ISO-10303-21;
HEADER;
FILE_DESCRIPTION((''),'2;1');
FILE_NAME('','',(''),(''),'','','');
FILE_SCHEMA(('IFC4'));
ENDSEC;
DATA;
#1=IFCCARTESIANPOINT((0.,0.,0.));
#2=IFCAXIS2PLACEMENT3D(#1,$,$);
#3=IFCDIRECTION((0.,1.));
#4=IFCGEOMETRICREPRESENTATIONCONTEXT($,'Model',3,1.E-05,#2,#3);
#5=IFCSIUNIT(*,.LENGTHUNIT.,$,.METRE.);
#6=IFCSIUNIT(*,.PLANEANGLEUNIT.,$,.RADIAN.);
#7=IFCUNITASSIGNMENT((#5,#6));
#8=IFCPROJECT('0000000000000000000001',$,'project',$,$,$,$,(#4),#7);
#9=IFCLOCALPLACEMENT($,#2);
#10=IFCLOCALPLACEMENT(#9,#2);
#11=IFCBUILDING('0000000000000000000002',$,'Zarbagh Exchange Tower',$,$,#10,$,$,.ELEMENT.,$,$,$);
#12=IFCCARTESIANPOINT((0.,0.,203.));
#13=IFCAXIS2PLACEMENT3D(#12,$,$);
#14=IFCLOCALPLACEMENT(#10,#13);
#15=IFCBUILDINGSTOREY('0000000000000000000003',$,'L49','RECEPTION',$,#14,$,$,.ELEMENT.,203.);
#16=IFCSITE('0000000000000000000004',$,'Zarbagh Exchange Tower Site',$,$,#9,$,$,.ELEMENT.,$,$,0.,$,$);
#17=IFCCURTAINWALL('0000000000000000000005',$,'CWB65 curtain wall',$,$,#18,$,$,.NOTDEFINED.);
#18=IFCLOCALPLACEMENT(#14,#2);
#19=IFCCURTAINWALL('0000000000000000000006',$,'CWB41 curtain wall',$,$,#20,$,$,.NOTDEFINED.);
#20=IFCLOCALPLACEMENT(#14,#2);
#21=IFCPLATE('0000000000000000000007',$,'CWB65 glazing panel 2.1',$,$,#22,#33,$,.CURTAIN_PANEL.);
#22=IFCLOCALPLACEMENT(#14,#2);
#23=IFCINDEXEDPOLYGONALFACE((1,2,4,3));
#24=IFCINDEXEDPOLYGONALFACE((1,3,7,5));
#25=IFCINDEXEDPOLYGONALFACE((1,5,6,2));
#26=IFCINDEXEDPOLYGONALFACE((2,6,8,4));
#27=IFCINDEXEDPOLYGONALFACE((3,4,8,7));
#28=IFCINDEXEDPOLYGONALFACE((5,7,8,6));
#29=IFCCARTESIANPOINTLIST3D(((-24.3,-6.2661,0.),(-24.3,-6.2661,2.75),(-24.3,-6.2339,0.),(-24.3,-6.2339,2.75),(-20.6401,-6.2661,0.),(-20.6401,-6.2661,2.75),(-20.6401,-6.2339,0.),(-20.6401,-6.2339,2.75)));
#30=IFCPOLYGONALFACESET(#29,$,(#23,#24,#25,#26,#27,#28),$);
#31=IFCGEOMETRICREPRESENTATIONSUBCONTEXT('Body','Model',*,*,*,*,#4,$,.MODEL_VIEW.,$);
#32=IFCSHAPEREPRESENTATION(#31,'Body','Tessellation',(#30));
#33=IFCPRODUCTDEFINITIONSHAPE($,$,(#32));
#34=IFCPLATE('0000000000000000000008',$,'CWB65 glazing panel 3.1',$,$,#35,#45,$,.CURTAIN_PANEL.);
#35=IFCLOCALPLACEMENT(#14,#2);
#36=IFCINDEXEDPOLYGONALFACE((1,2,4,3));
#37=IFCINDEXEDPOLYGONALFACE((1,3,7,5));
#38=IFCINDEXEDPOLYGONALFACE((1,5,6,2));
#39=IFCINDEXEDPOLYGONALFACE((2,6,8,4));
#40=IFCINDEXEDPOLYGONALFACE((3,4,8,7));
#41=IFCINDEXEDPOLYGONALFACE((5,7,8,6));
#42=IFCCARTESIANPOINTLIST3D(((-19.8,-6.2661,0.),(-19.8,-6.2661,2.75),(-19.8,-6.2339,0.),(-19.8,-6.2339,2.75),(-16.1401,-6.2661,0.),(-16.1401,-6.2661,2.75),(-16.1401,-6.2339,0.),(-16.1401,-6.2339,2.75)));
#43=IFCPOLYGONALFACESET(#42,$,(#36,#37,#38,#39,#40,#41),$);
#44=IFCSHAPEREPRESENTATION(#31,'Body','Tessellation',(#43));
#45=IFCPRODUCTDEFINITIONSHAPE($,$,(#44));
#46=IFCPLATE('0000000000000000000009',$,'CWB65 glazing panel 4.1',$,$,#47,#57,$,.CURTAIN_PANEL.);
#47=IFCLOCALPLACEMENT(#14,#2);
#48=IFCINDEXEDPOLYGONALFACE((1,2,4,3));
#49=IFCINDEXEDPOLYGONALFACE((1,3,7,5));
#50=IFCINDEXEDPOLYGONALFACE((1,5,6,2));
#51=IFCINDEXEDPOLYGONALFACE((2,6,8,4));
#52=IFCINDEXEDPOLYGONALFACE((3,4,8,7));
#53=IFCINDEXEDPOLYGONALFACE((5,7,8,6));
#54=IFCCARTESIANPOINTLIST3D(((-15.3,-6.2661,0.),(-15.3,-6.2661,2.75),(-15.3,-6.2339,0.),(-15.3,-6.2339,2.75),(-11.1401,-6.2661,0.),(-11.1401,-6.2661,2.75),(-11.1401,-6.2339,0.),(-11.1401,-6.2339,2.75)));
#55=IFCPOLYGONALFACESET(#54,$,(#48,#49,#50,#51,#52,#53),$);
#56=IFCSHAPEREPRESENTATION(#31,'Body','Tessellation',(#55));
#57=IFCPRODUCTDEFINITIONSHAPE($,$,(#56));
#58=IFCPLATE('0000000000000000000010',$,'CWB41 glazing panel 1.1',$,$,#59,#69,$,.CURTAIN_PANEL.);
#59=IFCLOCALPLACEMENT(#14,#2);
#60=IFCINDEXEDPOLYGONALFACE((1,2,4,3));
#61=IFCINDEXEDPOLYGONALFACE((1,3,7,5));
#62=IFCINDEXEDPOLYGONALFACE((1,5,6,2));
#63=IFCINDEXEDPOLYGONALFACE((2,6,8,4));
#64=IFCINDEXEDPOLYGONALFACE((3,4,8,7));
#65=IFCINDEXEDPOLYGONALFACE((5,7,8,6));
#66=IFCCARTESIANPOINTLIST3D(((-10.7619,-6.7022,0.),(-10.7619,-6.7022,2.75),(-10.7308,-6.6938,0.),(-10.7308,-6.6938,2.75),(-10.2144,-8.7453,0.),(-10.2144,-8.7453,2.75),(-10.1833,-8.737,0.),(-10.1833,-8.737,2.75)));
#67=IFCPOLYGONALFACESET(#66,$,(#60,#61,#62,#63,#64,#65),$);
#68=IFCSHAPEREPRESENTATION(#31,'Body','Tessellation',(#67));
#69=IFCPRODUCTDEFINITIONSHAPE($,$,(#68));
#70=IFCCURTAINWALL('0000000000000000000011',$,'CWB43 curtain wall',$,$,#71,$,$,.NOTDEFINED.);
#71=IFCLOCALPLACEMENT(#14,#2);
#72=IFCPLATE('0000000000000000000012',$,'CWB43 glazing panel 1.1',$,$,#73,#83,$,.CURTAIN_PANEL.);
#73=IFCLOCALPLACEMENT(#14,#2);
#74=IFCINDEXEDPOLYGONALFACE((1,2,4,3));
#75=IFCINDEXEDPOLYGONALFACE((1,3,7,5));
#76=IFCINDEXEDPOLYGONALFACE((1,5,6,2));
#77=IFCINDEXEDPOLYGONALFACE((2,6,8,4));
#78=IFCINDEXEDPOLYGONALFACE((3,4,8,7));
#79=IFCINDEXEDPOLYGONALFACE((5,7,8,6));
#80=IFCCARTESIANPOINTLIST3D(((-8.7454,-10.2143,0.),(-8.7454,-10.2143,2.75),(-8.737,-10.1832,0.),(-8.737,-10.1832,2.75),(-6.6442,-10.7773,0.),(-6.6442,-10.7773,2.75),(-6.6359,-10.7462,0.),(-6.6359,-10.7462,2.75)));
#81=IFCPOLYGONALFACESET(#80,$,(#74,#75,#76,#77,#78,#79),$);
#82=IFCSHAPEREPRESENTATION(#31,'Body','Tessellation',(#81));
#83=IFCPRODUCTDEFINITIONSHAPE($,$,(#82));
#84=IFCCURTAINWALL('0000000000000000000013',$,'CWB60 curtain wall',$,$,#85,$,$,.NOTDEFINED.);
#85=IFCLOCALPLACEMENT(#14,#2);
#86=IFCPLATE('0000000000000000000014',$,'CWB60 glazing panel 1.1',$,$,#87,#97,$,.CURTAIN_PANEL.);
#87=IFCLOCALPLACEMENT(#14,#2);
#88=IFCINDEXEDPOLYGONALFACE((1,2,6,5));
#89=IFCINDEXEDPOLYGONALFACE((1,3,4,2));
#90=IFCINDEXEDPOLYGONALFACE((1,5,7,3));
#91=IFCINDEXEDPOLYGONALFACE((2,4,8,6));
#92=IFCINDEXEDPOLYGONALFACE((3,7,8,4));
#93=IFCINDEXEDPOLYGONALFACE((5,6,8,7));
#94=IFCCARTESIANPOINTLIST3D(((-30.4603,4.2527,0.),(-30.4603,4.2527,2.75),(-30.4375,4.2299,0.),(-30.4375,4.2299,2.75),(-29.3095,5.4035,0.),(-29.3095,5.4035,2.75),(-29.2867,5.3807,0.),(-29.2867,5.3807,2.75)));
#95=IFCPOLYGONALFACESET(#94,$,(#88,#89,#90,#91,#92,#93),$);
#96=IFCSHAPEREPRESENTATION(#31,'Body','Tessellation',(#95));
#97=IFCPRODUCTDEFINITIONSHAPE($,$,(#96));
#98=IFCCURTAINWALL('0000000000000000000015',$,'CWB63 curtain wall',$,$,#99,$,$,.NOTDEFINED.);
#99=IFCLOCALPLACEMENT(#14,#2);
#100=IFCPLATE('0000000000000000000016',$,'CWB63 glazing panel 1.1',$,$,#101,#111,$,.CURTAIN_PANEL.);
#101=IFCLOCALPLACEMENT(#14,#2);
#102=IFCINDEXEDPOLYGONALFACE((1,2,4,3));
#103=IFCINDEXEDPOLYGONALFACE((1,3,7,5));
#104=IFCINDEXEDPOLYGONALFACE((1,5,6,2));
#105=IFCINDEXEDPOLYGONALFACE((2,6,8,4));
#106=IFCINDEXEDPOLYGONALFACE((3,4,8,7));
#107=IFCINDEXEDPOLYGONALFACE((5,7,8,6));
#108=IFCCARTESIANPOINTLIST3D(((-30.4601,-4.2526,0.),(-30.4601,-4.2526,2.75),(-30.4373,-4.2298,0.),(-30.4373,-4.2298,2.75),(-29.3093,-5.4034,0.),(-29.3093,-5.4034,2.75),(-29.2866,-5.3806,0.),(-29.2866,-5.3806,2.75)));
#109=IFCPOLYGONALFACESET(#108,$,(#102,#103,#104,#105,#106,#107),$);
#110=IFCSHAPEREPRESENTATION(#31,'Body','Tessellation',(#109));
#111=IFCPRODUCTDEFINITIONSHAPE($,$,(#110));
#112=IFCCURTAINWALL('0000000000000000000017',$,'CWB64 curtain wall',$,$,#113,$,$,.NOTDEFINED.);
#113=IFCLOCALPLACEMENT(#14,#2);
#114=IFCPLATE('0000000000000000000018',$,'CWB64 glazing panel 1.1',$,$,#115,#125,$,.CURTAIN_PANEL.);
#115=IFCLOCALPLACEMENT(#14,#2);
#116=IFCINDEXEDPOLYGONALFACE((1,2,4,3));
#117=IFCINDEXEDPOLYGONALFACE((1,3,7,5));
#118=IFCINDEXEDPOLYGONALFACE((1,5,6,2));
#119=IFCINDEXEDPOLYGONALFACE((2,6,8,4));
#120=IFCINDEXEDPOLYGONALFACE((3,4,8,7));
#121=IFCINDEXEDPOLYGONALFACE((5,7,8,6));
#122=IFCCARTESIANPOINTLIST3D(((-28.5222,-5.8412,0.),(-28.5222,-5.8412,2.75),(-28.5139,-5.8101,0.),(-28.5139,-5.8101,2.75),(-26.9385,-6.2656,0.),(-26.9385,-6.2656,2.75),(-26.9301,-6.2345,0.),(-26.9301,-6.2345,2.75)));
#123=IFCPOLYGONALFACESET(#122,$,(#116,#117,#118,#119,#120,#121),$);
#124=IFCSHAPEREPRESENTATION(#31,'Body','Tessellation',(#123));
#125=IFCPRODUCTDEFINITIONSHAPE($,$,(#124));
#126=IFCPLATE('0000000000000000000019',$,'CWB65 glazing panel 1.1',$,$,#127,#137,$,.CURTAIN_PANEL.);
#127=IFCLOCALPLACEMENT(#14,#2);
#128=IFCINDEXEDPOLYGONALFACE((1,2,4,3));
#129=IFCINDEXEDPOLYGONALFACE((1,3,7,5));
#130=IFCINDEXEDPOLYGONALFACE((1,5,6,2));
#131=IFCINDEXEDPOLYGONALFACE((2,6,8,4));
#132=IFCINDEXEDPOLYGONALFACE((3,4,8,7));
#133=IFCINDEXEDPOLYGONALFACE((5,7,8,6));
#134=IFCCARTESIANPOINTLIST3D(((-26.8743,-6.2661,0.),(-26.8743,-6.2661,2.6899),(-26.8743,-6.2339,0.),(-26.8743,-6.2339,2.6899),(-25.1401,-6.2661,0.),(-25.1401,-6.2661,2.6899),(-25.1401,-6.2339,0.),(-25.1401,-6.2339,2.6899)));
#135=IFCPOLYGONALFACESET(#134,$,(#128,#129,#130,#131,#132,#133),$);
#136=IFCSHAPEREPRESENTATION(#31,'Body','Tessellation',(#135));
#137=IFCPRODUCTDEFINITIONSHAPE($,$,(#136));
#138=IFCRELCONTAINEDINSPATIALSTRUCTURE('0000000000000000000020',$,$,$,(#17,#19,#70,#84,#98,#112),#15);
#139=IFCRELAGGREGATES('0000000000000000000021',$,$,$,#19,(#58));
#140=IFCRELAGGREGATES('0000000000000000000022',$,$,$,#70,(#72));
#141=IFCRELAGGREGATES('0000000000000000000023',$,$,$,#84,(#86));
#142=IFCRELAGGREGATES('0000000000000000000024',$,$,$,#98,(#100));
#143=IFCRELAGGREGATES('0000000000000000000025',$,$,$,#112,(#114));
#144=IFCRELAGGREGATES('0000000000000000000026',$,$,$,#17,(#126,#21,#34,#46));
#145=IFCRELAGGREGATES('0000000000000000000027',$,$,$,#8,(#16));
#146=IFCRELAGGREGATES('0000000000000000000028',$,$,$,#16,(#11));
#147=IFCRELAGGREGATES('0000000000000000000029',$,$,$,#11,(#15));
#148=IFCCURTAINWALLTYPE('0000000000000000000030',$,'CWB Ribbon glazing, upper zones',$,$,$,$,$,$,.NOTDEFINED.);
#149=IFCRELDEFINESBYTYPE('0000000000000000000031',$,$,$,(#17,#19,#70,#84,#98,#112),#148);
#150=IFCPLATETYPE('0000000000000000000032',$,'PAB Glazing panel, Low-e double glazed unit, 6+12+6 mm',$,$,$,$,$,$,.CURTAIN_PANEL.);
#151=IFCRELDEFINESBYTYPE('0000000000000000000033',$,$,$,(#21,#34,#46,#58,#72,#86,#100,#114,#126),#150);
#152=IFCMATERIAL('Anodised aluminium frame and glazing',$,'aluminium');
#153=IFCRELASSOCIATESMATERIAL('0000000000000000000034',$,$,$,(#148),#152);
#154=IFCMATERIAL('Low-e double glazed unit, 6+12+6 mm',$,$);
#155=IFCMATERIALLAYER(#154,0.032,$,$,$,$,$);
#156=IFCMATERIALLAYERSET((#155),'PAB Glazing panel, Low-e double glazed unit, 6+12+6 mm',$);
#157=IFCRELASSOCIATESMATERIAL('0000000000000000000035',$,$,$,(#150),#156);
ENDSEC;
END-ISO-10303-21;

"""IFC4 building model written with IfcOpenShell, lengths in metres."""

from ifc_helpers import new_model, si_unit, direction, frame, origin, place, context, subcontext, project, spatial, polyline, outline, extrude, source, transform, mapped, material, layer, layer_set, type_object, element, aggregate, save


model = new_model("IFC4")

# Units and contexts
model_context = context("Model", 3, precision=1e-05, world=origin(), true_north=direction((0.0, 1.0)))
body_context = subcontext(model_context, "Body", "Model", "MODEL_VIEW")
ifc_project = project(units=[si_unit("LENGTHUNIT", "METRE"), si_unit("PLANEANGLEUNIT", "RADIAN")], contexts=[model_context])

# Site, building, storey
site_placement = place(None, origin())
site = spatial("IfcSite", under=ifc_project, at=site_placement, Name="Zarbagh Exchange Tower Site", CompositionType="ELEMENT", RefElevation=0.0)
building_placement = place(site_placement, origin())
building = spatial("IfcBuilding", under=site, at=building_placement, Name="Zarbagh Exchange Tower", CompositionType="ELEMENT")
storey_placement = place(building_placement, frame((0.0, 0.0, 203.0)))
storey = spatial("IfcBuildingStorey", under=building, at=storey_placement, Name="L49", Description="RECEPTION", CompositionType="ELEMENT", Elevation=203.0)

# Shared definitions
ifc_material_1 = material(Name="Anodised aluminium frame and glazing", Category="aluminium")
curtain_wall_type = type_object("IfcCurtainWallType", Name="CWB Ribbon glazing, upper zones", PredefinedType="NOTDEFINED", material=ifc_material_1)
placement = place(storey_placement, origin())

# Curtain wall
curtain_wall_1_placement = place(storey_placement, origin())
curtain_wall_1 = element("IfcCurtainWall", 1, at=curtain_wall_1_placement, inside=storey, type_object=curtain_wall_type, Name="CWB65 curtain wall", PredefinedType="NOTDEFINED")

# Curtain wall
curtain_wall_2_placement = place(storey_placement, origin())
curtain_wall_2 = element("IfcCurtainWall", 2, at=curtain_wall_2_placement, inside=storey, type_object=curtain_wall_type, Name="CWB41 curtain wall", PredefinedType="NOTDEFINED")

# Shared definitions
ifc_material_2 = material(Name="Low-e double glazed unit, 6+12+6 mm")
ifc_layer = layer(ifc_material_2, 0.032)
ifc_layer_set = layer_set([ifc_layer], Name="PAB Glazing panel, Low-e double glazed unit, 6+12+6 mm")
plate_type = type_object("IfcPlateType", Name="PAB Glazing panel, Low-e double glazed unit, 6+12+6 mm", PredefinedType="CURTAIN_PANEL", material=ifc_layer_set)

# Plates
shared_shape_1 = source(origin(), body_context, "Body", "SweptSolid", [
    extrude(outline(polyline([(0.0, -0.0161), (3.6599, -0.0161), (3.6599, 0.0161), (0.0, 0.0161), (0.0, -0.0161)])), origin(), (0.0, 0.0, 1.0), 2.75),
])
plate_1 = element("IfcPlate", 3, at=placement, type_object=plate_type, Name="CWB65 glazing panel 2.1", PredefinedType="CURTAIN_PANEL", context=body_context, shape_type="MappedRepresentation", body=[
    mapped(shared_shape_1, transform((-24.3, -6.25, 0.0), x_axis=(1.0, 0.0, 0.0), y_axis=(0.0, 1.0, 0.0), z_axis=(0.0, 0.0, 1.0))),
])
plate_2 = element("IfcPlate", 4, at=placement, type_object=plate_type, Name="CWB65 glazing panel 3.1", PredefinedType="CURTAIN_PANEL", context=body_context, shape_type="MappedRepresentation", body=[
    mapped(shared_shape_1, transform((-19.8, -6.25, 0.0), x_axis=(1.0, 0.0, 0.0), y_axis=(0.0, 1.0, 0.0), z_axis=(0.0, 0.0, 1.0))),
])
shared_shape_2 = source(origin(), body_context, "Body", "SweptSolid", [
    extrude(outline(polyline([(0.0, -0.0161), (4.1599, -0.0161), (4.1599, 0.0161), (0.0, 0.0161), (0.0, -0.0161)])), origin(), (0.0, 0.0, 1.0), 2.75),
])
plate_3 = element("IfcPlate", 5, at=placement, type_object=plate_type, Name="CWB65 glazing panel 4.1", PredefinedType="CURTAIN_PANEL", context=body_context, shape_type="MappedRepresentation", body=[
    mapped(shared_shape_2, transform((-15.3, -6.25, 0.0), x_axis=(1.0, 0.0, 0.0), y_axis=(0.0, 1.0, 0.0), z_axis=(0.0, 0.0, 1.0))),
])
shared_shape_3 = source(origin(), body_context, "Body", "SweptSolid", [
    extrude(outline(polyline([(0.0, -0.0161), (2.1152, -0.0161), (2.1152, 0.0161), (0.0, 0.0161), (0.0, -0.0161)])), origin(), (0.0, 0.0, 1.0), 2.75),
])
plate_4 = element("IfcPlate", 6, at=placement, type_object=plate_type, Name="CWB41 glazing panel 1.1", PredefinedType="CURTAIN_PANEL", context=body_context, shape_type="MappedRepresentation", body=[
    mapped(shared_shape_3, transform((-10.7463, -6.698, 0.0), x_axis=(0.258825, -0.965924, 0.0), y_axis=(0.965924, 0.258825, 0.0), z_axis=(0.0, 0.0, 1.0))),
])
aggregate(curtain_wall_2, [plate_4])

# Curtain walls, plates
curtain_wall_3_placement = place(storey_placement, origin())
curtain_wall_3 = element("IfcCurtainWall", 7, at=curtain_wall_3_placement, inside=storey, type_object=curtain_wall_type, Name="CWB43 curtain wall", PredefinedType="NOTDEFINED")
shared_shape_4 = source(origin(), body_context, "Body", "SweptSolid", [
    extrude(outline(polyline([(0.0, -0.0161), (2.1753, -0.0161), (2.1753, 0.0161), (0.0, 0.0161), (0.0, -0.0161)])), origin(), (0.0, 0.0, 1.0), 2.75),
])
plate_5 = element("IfcPlate", 8, at=placement, type_object=plate_type, Name="CWB43 glazing panel 1.1", PredefinedType="CURTAIN_PANEL", context=body_context, shape_type="MappedRepresentation", body=[
    mapped(shared_shape_4, transform((-8.7412, -10.1987, 0.0), x_axis=(0.965924, -0.258825, 0.0), y_axis=(0.258825, 0.965924, 0.0), z_axis=(0.0, 0.0, 1.0))),
])
aggregate(curtain_wall_3, [plate_5])
curtain_wall_4_placement = place(storey_placement, origin())
curtain_wall_4 = element("IfcCurtainWall", 9, at=curtain_wall_4_placement, inside=storey, type_object=curtain_wall_type, Name="CWB60 curtain wall", PredefinedType="NOTDEFINED")
shared_shape_5 = source(origin(), body_context, "Body", "SweptSolid", [
    extrude(outline(polyline([(0.0, -0.0161), (1.6274, -0.0161), (1.6274, 0.0161), (0.0, 0.0161), (0.0, -0.0161)])), origin(), (0.0, 0.0, 1.0), 2.75),
])
plate_6 = element("IfcPlate", 10, at=placement, type_object=plate_type, Name="CWB60 glazing panel 1.1", PredefinedType="CURTAIN_PANEL", context=body_context, shape_type="MappedRepresentation", body=[
    mapped(shared_shape_5, transform((-29.2981, 5.3921, 0.0), x_axis=(-0.707107, -0.707107, 0.0), y_axis=(0.707107, -0.707107, 0.0), z_axis=(0.0, 0.0, 1.0))),
])
aggregate(curtain_wall_4, [plate_6])
curtain_wall_5_placement = place(storey_placement, origin())
curtain_wall_5 = element("IfcCurtainWall", 11, at=curtain_wall_5_placement, inside=storey, type_object=curtain_wall_type, Name="CWB63 curtain wall", PredefinedType="NOTDEFINED")
plate_7 = element("IfcPlate", 12, at=placement, type_object=plate_type, Name="CWB63 glazing panel 1.1", PredefinedType="CURTAIN_PANEL", context=body_context, shape_type="MappedRepresentation", body=[
    mapped(shared_shape_5, transform((-30.4487, -4.2412, 0.0), x_axis=(0.707107, -0.707107, 0.0), y_axis=(0.707107, 0.707107, 0.0), z_axis=(0.0, 0.0, 1.0))),
])
aggregate(curtain_wall_5, [plate_7])
curtain_wall_6_placement = place(storey_placement, origin())
curtain_wall_6 = element("IfcCurtainWall", 13, at=curtain_wall_6_placement, inside=storey, type_object=curtain_wall_type, Name="CWB64 curtain wall", PredefinedType="NOTDEFINED")
shared_shape_6 = source(origin(), body_context, "Body", "SweptSolid", [
    extrude(outline(polyline([(0.0, -0.0161), (1.6396, -0.0161), (1.6396, 0.0161), (0.0, 0.0161), (0.0, -0.0161)])), origin(), (0.0, 0.0, 1.0), 2.75),
])
plate_8 = element("IfcPlate", 14, at=placement, type_object=plate_type, Name="CWB64 glazing panel 1.1", PredefinedType="CURTAIN_PANEL", context=body_context, shape_type="MappedRepresentation", body=[
    mapped(shared_shape_6, transform((-28.5181, -5.8257, 0.0), x_axis=(0.965924, -0.258825, 0.0), y_axis=(0.258825, 0.965924, 0.0), z_axis=(0.0, 0.0, 1.0))),
])
aggregate(curtain_wall_6, [plate_8])

# Plate
shared_shape_7 = source(origin(), body_context, "Body", "SweptSolid", [
    extrude(outline(polyline([(0.0, -0.0161), (1.7341, -0.0161), (1.7341, 0.0161), (0.0, 0.0161), (0.0, -0.0161)])), origin(), (0.0, 0.0, 1.0), 2.6899),
])
plate_9 = element("IfcPlate", 15, at=placement, type_object=plate_type, Name="CWB65 glazing panel 1.1", PredefinedType="CURTAIN_PANEL", context=body_context, shape_type="MappedRepresentation", body=[
    mapped(shared_shape_7, transform((-26.8743, -6.25, 0.0), x_axis=(1.0, 0.0, 0.0), y_axis=(0.0, 1.0, 0.0), z_axis=(0.0, 0.0, 1.0))),
])
aggregate(curtain_wall_1, [plate_9, plate_1, plate_2, plate_3])

save(model, "model.ifc")
